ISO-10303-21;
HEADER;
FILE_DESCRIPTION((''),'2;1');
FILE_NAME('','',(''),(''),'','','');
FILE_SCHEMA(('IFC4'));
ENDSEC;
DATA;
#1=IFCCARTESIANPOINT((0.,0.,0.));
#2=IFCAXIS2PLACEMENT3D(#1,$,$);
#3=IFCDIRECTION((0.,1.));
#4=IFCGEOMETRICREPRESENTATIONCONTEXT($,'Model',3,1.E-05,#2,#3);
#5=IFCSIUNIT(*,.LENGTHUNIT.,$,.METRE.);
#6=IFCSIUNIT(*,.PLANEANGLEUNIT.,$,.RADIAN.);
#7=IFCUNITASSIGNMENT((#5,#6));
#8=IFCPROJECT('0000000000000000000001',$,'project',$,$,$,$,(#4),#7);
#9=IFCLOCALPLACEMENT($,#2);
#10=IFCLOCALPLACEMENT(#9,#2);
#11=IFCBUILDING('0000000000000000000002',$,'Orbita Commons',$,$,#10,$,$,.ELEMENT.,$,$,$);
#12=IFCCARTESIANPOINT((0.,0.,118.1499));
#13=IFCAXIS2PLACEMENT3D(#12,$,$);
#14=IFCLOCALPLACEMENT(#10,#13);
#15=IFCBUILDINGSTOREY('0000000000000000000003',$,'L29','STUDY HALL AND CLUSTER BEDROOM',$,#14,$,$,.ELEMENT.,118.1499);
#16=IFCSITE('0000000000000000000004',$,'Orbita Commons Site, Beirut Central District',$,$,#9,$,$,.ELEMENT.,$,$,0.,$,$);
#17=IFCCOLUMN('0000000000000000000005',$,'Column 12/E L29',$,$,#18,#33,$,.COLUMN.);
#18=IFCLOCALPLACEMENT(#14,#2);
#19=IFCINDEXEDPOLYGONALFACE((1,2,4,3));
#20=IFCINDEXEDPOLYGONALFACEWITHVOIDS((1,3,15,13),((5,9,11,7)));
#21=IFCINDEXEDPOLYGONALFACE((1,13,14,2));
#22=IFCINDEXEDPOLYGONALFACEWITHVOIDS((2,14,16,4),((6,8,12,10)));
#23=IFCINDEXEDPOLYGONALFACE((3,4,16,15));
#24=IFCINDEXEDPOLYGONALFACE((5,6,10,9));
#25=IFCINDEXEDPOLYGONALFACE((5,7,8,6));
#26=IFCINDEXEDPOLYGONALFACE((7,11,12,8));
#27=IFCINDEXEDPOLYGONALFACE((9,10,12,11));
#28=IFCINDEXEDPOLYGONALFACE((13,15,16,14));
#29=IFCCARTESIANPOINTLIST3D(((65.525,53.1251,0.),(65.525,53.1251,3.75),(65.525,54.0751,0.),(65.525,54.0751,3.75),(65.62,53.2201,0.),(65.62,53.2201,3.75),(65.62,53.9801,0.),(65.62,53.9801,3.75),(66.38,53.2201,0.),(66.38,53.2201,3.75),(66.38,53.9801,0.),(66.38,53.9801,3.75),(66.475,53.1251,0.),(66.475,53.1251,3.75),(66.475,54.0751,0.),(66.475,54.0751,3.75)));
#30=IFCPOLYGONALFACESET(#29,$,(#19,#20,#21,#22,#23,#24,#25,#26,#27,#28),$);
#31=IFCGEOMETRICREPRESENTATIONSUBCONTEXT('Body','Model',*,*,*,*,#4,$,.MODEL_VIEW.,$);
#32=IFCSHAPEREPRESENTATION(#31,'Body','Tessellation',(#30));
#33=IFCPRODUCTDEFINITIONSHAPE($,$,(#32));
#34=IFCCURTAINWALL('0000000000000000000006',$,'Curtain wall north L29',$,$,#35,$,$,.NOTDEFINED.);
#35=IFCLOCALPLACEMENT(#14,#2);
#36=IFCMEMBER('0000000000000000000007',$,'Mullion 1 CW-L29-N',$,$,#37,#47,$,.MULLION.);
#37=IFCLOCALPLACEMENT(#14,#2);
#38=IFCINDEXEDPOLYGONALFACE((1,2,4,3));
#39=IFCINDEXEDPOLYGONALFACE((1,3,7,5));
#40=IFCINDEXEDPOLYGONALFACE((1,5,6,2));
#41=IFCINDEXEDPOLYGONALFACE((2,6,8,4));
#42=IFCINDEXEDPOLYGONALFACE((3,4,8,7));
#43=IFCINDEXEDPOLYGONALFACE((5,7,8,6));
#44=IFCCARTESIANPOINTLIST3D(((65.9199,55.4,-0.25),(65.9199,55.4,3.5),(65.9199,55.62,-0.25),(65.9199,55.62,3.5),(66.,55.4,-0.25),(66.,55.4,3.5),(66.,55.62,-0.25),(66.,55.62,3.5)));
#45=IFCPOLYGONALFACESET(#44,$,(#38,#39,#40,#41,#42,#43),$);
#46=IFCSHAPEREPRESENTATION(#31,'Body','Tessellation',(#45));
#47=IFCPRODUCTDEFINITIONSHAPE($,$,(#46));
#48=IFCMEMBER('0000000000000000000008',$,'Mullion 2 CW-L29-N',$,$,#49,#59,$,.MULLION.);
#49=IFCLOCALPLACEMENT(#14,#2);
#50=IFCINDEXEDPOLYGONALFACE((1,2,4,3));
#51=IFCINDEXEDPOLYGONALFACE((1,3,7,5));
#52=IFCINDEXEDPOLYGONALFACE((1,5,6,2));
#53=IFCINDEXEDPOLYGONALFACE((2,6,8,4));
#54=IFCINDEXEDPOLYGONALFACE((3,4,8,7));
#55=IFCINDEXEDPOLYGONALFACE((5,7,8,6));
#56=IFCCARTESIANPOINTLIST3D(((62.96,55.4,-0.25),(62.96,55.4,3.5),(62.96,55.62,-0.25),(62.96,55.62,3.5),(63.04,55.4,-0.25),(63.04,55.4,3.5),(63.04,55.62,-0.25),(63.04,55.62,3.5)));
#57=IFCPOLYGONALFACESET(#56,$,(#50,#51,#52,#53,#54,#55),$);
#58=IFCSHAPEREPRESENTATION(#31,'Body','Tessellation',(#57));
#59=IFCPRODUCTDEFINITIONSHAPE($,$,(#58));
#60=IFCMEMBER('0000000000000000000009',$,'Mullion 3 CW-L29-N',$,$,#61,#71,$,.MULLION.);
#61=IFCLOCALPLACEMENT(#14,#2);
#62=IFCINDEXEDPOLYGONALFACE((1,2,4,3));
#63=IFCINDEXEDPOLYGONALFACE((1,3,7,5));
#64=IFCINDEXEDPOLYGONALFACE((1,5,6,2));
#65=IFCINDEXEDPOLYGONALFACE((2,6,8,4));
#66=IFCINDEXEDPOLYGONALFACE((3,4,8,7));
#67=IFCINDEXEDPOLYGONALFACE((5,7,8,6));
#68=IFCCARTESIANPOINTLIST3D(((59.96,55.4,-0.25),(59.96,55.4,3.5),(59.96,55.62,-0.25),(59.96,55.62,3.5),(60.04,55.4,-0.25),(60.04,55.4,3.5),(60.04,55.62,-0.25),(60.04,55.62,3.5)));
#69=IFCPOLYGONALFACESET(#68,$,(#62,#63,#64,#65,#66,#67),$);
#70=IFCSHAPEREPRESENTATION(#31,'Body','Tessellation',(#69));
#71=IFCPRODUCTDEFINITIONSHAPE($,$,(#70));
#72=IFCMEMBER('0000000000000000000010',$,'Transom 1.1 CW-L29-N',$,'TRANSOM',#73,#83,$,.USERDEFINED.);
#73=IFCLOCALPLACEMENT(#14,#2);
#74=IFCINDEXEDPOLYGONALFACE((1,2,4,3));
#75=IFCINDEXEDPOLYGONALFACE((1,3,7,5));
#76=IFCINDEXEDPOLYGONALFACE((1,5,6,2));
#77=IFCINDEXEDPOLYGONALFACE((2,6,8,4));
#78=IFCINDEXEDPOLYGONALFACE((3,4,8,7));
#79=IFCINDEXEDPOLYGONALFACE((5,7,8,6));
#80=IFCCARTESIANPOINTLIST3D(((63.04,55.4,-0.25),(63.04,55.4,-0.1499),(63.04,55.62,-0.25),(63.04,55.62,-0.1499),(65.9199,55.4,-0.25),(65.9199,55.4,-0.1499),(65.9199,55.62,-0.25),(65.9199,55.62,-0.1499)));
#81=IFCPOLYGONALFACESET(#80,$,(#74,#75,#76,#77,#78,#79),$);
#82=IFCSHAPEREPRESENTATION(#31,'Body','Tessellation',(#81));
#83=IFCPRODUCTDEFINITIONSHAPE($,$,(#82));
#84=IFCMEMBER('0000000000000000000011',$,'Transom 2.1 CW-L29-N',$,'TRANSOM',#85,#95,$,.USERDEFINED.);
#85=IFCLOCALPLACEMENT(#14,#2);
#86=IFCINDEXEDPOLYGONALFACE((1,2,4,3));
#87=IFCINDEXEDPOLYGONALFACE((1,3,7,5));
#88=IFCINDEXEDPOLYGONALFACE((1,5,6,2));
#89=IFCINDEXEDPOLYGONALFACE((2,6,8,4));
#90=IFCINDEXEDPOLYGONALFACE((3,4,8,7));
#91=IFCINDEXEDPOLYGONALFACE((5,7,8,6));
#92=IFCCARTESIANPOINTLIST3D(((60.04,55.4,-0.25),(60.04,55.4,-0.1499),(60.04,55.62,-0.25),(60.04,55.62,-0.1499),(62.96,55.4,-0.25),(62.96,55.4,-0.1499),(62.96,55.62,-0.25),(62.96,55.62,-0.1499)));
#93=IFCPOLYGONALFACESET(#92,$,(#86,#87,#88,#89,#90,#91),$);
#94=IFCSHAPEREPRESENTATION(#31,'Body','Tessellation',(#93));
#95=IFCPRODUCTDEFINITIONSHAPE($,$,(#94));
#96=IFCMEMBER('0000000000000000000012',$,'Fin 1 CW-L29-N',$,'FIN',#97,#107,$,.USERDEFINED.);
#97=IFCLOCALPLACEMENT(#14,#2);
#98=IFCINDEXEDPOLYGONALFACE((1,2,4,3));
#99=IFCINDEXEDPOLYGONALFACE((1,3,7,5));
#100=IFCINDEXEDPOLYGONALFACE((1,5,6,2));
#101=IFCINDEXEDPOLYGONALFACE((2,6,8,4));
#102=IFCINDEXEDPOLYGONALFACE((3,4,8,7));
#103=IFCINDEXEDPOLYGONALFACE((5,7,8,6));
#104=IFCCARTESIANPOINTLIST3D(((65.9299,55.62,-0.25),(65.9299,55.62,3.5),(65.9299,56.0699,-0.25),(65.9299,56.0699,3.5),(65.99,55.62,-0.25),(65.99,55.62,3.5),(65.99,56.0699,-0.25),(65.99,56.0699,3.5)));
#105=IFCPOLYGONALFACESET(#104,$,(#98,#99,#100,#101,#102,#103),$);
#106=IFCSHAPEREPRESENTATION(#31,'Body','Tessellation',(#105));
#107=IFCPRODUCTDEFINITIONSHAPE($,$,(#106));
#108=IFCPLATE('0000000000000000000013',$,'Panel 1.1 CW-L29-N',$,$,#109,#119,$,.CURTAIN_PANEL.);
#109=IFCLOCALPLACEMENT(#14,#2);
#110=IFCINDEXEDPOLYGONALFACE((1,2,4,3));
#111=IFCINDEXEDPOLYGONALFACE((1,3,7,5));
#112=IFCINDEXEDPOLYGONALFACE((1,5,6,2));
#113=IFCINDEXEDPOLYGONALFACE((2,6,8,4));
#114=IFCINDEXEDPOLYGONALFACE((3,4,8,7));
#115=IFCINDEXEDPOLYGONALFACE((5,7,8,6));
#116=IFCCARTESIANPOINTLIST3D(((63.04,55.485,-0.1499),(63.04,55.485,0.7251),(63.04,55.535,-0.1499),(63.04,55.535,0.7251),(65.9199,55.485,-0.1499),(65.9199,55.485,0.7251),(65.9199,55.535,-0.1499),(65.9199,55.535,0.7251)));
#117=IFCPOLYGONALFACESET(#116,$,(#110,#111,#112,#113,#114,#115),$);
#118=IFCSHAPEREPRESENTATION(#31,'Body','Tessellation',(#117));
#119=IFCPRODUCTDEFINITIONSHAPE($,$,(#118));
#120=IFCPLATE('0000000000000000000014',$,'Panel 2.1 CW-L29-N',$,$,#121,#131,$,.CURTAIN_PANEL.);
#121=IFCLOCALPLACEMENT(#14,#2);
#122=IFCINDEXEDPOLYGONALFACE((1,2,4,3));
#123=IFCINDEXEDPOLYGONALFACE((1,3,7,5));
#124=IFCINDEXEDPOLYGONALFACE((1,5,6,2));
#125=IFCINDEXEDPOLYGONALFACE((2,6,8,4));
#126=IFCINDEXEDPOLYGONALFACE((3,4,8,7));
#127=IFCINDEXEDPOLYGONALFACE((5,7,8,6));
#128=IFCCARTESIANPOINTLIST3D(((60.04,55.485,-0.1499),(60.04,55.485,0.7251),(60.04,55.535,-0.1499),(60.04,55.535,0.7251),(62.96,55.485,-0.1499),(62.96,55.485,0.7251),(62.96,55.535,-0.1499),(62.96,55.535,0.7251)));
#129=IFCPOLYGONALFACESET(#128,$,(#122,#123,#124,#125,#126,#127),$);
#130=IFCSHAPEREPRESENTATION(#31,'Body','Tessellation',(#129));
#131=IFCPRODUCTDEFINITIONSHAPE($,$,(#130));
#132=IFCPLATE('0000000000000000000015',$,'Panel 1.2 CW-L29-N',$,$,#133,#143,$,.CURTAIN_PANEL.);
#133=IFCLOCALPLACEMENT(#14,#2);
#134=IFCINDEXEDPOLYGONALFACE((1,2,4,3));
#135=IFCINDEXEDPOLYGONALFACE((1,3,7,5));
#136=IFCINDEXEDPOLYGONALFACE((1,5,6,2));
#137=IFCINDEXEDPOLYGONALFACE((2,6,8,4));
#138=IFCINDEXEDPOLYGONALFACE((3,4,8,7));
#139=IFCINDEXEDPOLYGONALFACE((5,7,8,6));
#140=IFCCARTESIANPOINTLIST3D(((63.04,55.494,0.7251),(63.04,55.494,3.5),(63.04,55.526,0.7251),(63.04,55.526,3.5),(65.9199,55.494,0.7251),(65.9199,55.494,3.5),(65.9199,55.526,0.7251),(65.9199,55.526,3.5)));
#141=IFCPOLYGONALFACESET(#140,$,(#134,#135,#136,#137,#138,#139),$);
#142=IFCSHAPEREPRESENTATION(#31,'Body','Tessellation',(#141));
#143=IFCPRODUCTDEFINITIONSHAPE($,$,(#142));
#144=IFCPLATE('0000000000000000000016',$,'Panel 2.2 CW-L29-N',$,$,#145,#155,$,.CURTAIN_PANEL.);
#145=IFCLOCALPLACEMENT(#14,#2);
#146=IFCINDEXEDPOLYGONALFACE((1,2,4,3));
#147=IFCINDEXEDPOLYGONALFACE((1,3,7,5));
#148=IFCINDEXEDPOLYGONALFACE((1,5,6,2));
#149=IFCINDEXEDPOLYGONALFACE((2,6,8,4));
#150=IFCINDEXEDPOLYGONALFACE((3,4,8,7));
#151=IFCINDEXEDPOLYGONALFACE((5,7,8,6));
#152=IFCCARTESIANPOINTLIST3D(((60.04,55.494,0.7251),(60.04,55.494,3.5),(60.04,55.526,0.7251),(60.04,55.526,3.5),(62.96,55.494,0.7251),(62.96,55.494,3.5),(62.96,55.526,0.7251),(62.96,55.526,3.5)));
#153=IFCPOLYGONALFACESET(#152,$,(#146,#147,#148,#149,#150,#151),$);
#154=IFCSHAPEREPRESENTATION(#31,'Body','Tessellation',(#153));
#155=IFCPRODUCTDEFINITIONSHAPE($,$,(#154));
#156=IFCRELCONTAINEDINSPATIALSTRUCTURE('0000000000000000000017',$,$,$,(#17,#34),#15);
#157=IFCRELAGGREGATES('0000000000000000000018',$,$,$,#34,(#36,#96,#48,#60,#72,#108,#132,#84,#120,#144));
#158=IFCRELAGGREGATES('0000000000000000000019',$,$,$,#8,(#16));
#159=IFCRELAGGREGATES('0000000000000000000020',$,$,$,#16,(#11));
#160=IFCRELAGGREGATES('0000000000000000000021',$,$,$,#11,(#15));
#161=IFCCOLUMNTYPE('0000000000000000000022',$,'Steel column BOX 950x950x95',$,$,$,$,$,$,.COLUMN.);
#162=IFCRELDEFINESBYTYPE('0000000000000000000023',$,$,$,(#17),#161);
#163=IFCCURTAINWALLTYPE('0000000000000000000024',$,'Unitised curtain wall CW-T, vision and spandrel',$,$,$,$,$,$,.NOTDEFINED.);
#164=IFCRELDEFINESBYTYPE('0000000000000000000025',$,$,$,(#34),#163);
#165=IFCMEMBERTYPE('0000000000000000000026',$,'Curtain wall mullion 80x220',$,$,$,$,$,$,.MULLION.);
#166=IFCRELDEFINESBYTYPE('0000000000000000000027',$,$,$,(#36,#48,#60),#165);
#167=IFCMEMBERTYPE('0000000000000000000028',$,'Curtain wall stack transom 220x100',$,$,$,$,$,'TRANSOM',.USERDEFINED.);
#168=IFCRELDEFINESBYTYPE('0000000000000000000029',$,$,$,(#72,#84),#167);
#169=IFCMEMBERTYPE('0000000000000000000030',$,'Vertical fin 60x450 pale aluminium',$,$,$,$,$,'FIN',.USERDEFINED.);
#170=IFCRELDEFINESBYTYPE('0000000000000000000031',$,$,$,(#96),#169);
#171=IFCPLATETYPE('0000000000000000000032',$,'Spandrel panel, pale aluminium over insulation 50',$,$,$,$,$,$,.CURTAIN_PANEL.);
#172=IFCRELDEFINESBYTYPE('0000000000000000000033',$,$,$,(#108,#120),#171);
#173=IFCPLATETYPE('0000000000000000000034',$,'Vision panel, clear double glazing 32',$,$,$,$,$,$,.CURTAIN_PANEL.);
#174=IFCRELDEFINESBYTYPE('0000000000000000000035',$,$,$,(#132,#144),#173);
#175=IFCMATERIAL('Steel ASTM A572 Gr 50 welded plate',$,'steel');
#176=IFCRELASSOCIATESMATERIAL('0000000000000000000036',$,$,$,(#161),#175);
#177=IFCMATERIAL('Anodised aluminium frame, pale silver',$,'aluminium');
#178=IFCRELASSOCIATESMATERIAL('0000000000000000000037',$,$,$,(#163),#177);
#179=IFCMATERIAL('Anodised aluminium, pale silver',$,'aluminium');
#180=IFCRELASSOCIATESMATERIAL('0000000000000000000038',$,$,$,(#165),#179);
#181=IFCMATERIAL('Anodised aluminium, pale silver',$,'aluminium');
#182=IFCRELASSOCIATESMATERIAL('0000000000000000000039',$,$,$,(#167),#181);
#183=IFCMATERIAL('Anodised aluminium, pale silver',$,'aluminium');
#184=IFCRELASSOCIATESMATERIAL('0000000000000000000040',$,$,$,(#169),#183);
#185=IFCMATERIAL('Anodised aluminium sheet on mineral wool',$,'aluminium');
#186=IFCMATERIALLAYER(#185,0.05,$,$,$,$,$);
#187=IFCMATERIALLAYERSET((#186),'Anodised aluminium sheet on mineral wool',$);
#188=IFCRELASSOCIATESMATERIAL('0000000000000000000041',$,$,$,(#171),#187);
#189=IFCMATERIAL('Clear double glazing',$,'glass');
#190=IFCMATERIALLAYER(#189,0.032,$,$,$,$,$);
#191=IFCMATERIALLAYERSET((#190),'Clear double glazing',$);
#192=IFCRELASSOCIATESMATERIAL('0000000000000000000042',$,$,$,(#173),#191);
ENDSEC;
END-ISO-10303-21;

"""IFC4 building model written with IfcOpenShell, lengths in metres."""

from ifc_helpers import new_model, si_unit, direction, frame, origin, origin_2d, place, context, subcontext, project, spatial, rectangle, hollow_rectangle, extrude, material, layer, layer_set, material_profile, profile_set, type_object, element, aggregate, save


model = new_model("IFC4")

# Units and contexts
model_context = context("Model", 3, precision=1e-05, world=origin(), true_north=direction((0.0, 1.0)))
body_context = subcontext(model_context, "Body", "Model", "MODEL_VIEW")
ifc_project = project(units=[si_unit("LENGTHUNIT", "METRE"), si_unit("PLANEANGLEUNIT", "RADIAN")], contexts=[model_context])

# Site, building, storey
site_placement = place(None, origin())
site = spatial("IfcSite", under=ifc_project, at=site_placement, Name="Orbita Commons Site, Beirut Central District", CompositionType="ELEMENT", RefElevation=0.0)
building_placement = place(site_placement, origin())
building = spatial("IfcBuilding", under=site, at=building_placement, Name="Orbita Commons", CompositionType="ELEMENT")
storey_placement = place(building_placement, frame((0.0, 0.0, 118.1499)))
storey = spatial("IfcBuildingStorey", under=building, at=storey_placement, Name="L29", Description="STUDY HALL AND CLUSTER BEDROOM", CompositionType="ELEMENT", Elevation=118.1499)

# Column
ifc_material_1 = material(Name="Steel ASTM A572 Gr 50 welded plate", Category="steel")
ifc_material_profile_1 = material_profile(ifc_material_1, hollow_rectangle(XDim=0.95, YDim=0.95, WallThickness=0.095, at=origin_2d()), Name="BOX 950x950x95")
ifc_profile_set_1 = profile_set([ifc_material_profile_1], Name="Steel ASTM A572 Gr 50 welded plate")
column_type = type_object("IfcColumnType", Name="Steel column BOX 950x950x95", PredefinedType="COLUMN", material=ifc_profile_set_1)
column_placement = place(storey_placement, frame((66.0, 53.6001, 0.0), z_axis=(0.0, 0.0, 1.0), x_axis=(1.0, 0.0, 0.0)))
element("IfcColumn", 1, at=column_placement, inside=storey, type_object=column_type, Name="Column 12/E L29", PredefinedType="COLUMN", context=body_context, shape_type="SweptSolid", body=[
    extrude(hollow_rectangle(XDim=0.95, YDim=0.95, WallThickness=0.095, at=origin_2d()), origin(), (0.0, 0.0, 1.0), 3.75),
])

# Curtain wall, members, plates
ifc_material_2 = material(Name="Anodised aluminium frame, pale silver", Category="aluminium")
curtain_wall_type = type_object("IfcCurtainWallType", Name="Unitised curtain wall CW-T, vision and spandrel", PredefinedType="NOTDEFINED", material=ifc_material_2)
curtain_wall_placement = place(storey_placement, origin())
curtain_wall = element("IfcCurtainWall", 2, at=curtain_wall_placement, inside=storey, type_object=curtain_wall_type, Name="Curtain wall north L29", PredefinedType="NOTDEFINED")
ifc_material_3 = material(Name="Anodised aluminium, pale silver", Category="aluminium")
ifc_material_profile_2 = material_profile(ifc_material_3, rectangle(XDim=0.0801, YDim=0.22, at=origin_2d()), Name="AL 80x220")
ifc_profile_set_2 = profile_set([ifc_material_profile_2], Name="Anodised aluminium, pale silver")
member_type_1 = type_object("IfcMemberType", Name="Curtain wall mullion 80x220", PredefinedType="MULLION", material=ifc_profile_set_2)
member_1_placement = place(storey_placement, frame((65.96, 55.51, -0.25), z_axis=(0.0, 0.0, 1.0), x_axis=(-1.0, 0.0, 0.0)))
member_1 = element("IfcMember", 3, at=member_1_placement, type_object=member_type_1, Name="Mullion 1 CW-L29-N", PredefinedType="MULLION", context=body_context, shape_type="SweptSolid", body=[
    extrude(rectangle(XDim=0.0801, YDim=0.22, at=origin_2d()), origin(), (0.0, 0.0, 1.0), 3.75),
])
member_2_placement = place(storey_placement, frame((63.0, 55.51, -0.25), z_axis=(0.0, 0.0, 1.0), x_axis=(-1.0, 0.0, 0.0)))
member_2 = element("IfcMember", 4, at=member_2_placement, type_object=member_type_1, Name="Mullion 2 CW-L29-N", PredefinedType="MULLION", context=body_context, shape_type="SweptSolid", body=[
    extrude(rectangle(XDim=0.0801, YDim=0.22, at=origin_2d()), origin(), (0.0, 0.0, 1.0), 3.75),
])
member_3_placement = place(storey_placement, frame((60.0, 55.51, -0.25), z_axis=(0.0, 0.0, 1.0), x_axis=(-1.0, 0.0, 0.0)))
member_3 = element("IfcMember", 5, at=member_3_placement, type_object=member_type_1, Name="Mullion 3 CW-L29-N", PredefinedType="MULLION", context=body_context, shape_type="SweptSolid", body=[
    extrude(rectangle(XDim=0.0801, YDim=0.22, at=origin_2d()), origin(), (0.0, 0.0, 1.0), 3.75),
])
ifc_material_4 = material(Name="Anodised aluminium, pale silver", Category="aluminium")
ifc_material_profile_3 = material_profile(ifc_material_4, rectangle(XDim=0.22, YDim=0.1001, at=origin_2d()), Name="AL 220x100")
ifc_profile_set_3 = profile_set([ifc_material_profile_3], Name="Anodised aluminium, pale silver")
member_type_2 = type_object("IfcMemberType", Name="Curtain wall stack transom 220x100", ElementType="TRANSOM", PredefinedType="USERDEFINED", material=ifc_profile_set_3)
member_4_placement = place(storey_placement, frame((65.9199, 55.51, -0.2), z_axis=(-1.0, 0.0, 0.0), x_axis=(0.0, -1.0, 0.0)))
member_4 = element("IfcMember", 6, at=member_4_placement, type_object=member_type_2, Name="Transom 1.1 CW-L29-N", ObjectType="TRANSOM", PredefinedType="USERDEFINED", context=body_context, shape_type="SweptSolid", body=[
    extrude(rectangle(XDim=0.22, YDim=0.1001, at=origin_2d()), origin(), (0.0, 0.0, 1.0), 2.8799),
])
member_5_placement = place(storey_placement, frame((62.96, 55.51, -0.2), z_axis=(-1.0, 0.0, 0.0), x_axis=(0.0, -1.0, 0.0)))
member_5 = element("IfcMember", 7, at=member_5_placement, type_object=member_type_2, Name="Transom 2.1 CW-L29-N", ObjectType="TRANSOM", PredefinedType="USERDEFINED", context=body_context, shape_type="SweptSolid", body=[
    extrude(rectangle(XDim=0.22, YDim=0.1001, at=origin_2d()), origin(), (0.0, 0.0, 1.0), 2.9199),
])
ifc_material_5 = material(Name="Anodised aluminium, pale silver", Category="aluminium")
ifc_material_profile_4 = material_profile(ifc_material_5, rectangle(XDim=0.0601, YDim=0.45, at=origin_2d()), Name="FIN 60x450")
ifc_profile_set_4 = profile_set([ifc_material_profile_4], Name="Anodised aluminium, pale silver")
member_type_3 = type_object("IfcMemberType", Name="Vertical fin 60x450 pale aluminium", ElementType="FIN", PredefinedType="USERDEFINED", material=ifc_profile_set_4)
member_6_placement = place(storey_placement, frame((65.96, 55.845, -0.25), z_axis=(0.0, 0.0, 1.0), x_axis=(-1.0, 0.0, 0.0)))
member_6 = element("IfcMember", 8, at=member_6_placement, type_object=member_type_3, Name="Fin 1 CW-L29-N", ObjectType="FIN", PredefinedType="USERDEFINED", context=body_context, shape_type="SweptSolid", body=[
    extrude(rectangle(XDim=0.0601, YDim=0.45, at=origin_2d()), origin(), (0.0, 0.0, 1.0), 3.75),
])
ifc_material_6 = material(Name="Anodised aluminium sheet on mineral wool", Category="aluminium")
ifc_layer_1 = layer(ifc_material_6, 0.05)
ifc_layer_set_1 = layer_set([ifc_layer_1], Name="Anodised aluminium sheet on mineral wool")
plate_type_1 = type_object("IfcPlateType", Name="Spandrel panel, pale aluminium over insulation 50", PredefinedType="CURTAIN_PANEL", material=ifc_layer_set_1)
plate_1_placement = place(storey_placement, frame((64.48, 55.51, -0.1499), z_axis=(0.0, 0.0, 1.0), x_axis=(-1.0, 0.0, 0.0)))
plate_1 = element("IfcPlate", 9, at=plate_1_placement, type_object=plate_type_1, Name="Panel 1.1 CW-L29-N", PredefinedType="CURTAIN_PANEL", context=body_context, shape_type="SweptSolid", body=[
    extrude(rectangle(XDim=2.8799, YDim=0.05, at=origin_2d()), origin(), (0.0, 0.0, 1.0), 0.875),
])
plate_2_placement = place(storey_placement, frame((61.5, 55.51, -0.1499), z_axis=(0.0, 0.0, 1.0), x_axis=(-1.0, 0.0, 0.0)))
plate_2 = element("IfcPlate", 10, at=plate_2_placement, type_object=plate_type_1, Name="Panel 2.1 CW-L29-N", PredefinedType="CURTAIN_PANEL", context=body_context, shape_type="SweptSolid", body=[
    extrude(rectangle(XDim=2.9199, YDim=0.05, at=origin_2d()), origin(), (0.0, 0.0, 1.0), 0.875),
])
ifc_material_7 = material(Name="Clear double glazing", Category="glass")
ifc_layer_2 = layer(ifc_material_7, 0.032)
ifc_layer_set_2 = layer_set([ifc_layer_2], Name="Clear double glazing")
plate_type_2 = type_object("IfcPlateType", Name="Vision panel, clear double glazing 32", PredefinedType="CURTAIN_PANEL", material=ifc_layer_set_2)
plate_3_placement = place(storey_placement, frame((64.48, 55.51, 0.7251), z_axis=(0.0, 0.0, 1.0), x_axis=(-1.0, 0.0, 0.0)))
plate_3 = element("IfcPlate", 11, at=plate_3_placement, type_object=plate_type_2, Name="Panel 1.2 CW-L29-N", PredefinedType="CURTAIN_PANEL", context=body_context, shape_type="SweptSolid", body=[
    extrude(rectangle(XDim=2.8799, YDim=0.032, at=origin_2d()), origin(), (0.0, 0.0, 1.0), 2.7749),
])
plate_4_placement = place(storey_placement, frame((61.5, 55.51, 0.7251), z_axis=(0.0, 0.0, 1.0), x_axis=(-1.0, 0.0, 0.0)))
plate_4 = element("IfcPlate", 12, at=plate_4_placement, type_object=plate_type_2, Name="Panel 2.2 CW-L29-N", PredefinedType="CURTAIN_PANEL", context=body_context, shape_type="SweptSolid", body=[
    extrude(rectangle(XDim=2.9199, YDim=0.032, at=origin_2d()), origin(), (0.0, 0.0, 1.0), 2.7749),
])
aggregate(curtain_wall, [member_1, member_6, member_2, member_3, member_4, plate_1, plate_3, member_5, plate_2, plate_4])

save(model, "model.ifc")
